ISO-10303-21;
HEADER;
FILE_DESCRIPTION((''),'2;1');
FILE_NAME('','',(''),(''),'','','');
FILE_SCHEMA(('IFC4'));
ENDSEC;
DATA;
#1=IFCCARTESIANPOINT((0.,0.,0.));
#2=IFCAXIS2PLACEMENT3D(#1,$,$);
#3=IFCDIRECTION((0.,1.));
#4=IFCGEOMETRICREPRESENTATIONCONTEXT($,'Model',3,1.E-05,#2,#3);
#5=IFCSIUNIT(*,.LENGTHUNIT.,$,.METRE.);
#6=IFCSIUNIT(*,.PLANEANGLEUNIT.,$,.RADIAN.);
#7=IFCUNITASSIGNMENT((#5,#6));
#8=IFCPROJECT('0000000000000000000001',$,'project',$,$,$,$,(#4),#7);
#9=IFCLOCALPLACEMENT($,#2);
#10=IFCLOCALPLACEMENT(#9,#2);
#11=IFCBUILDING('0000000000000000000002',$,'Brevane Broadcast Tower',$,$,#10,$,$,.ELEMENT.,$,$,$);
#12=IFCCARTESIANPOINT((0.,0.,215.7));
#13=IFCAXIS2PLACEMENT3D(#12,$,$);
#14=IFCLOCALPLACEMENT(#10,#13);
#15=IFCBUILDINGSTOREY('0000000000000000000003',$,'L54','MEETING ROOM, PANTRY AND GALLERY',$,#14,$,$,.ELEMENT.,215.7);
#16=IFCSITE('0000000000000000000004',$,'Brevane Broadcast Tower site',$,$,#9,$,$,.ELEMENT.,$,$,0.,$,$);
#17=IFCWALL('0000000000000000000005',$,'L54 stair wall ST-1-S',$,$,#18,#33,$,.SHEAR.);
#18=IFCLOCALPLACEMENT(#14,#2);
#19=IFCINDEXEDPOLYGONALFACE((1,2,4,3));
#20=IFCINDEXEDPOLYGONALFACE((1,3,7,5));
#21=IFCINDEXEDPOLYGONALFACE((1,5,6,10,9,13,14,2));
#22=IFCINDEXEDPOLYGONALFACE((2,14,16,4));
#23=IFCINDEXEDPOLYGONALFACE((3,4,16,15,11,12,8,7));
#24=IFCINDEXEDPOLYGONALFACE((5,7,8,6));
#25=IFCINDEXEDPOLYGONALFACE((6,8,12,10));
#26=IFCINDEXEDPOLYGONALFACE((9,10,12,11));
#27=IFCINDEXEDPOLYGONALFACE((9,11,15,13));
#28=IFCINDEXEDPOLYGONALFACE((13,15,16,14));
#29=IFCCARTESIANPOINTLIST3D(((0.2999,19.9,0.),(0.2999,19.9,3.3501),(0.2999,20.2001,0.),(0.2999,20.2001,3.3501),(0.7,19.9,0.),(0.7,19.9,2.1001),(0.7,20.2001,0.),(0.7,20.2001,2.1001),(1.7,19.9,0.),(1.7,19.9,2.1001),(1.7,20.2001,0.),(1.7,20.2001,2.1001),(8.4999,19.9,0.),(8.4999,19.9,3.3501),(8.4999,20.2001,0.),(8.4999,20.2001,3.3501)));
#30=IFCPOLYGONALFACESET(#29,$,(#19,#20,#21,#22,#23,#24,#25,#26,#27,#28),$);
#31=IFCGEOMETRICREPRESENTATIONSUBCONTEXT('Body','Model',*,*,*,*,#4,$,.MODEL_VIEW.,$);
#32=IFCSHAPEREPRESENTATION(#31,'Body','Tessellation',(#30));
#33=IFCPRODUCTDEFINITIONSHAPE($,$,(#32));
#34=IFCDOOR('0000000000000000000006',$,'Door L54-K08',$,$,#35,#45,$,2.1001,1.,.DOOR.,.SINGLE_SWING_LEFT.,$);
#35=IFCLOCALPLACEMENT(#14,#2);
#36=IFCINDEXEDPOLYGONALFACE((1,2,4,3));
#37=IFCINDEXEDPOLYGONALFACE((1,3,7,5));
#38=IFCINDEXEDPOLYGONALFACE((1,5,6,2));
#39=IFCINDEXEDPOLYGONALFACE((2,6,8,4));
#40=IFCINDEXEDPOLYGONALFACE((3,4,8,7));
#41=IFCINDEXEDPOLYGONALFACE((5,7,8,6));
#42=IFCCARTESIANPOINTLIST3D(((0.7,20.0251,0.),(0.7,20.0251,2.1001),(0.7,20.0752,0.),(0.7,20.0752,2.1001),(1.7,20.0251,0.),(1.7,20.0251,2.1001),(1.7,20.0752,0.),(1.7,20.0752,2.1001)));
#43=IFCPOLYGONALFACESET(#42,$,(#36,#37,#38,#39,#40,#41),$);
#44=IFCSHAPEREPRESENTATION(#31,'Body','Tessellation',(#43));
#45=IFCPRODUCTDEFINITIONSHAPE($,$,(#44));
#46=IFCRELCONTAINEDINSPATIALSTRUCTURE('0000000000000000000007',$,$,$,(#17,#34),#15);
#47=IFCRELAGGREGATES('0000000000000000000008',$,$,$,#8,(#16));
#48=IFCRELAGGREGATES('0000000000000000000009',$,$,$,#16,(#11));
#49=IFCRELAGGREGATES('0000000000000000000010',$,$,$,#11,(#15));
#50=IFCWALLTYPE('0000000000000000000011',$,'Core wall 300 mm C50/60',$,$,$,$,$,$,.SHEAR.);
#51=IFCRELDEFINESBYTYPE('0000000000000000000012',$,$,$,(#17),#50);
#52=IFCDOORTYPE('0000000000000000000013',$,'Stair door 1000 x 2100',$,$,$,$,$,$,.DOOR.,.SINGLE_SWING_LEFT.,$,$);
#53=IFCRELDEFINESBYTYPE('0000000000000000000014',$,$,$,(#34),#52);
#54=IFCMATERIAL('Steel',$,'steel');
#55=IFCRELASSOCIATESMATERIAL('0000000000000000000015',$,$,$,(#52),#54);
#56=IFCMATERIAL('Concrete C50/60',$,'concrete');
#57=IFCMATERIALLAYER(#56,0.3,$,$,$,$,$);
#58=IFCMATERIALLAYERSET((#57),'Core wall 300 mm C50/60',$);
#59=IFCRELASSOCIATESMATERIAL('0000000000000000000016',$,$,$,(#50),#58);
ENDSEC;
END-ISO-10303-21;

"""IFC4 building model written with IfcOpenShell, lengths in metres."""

from ifc_helpers import new_model, si_unit, direction, frame, frame_2d, origin, place, context, subcontext, project, spatial, rectangle, extrude, material, layer, layer_set, type_object, element, fill, save


model = new_model("IFC4")

# Units and contexts
model_context = context("Model", 3, precision=1e-05, world=origin(), true_north=direction((0.0, 1.0)))
body_context = subcontext(model_context, "Body", "Model", "MODEL_VIEW")
ifc_project = project(units=[si_unit("LENGTHUNIT", "METRE"), si_unit("PLANEANGLEUNIT", "RADIAN")], contexts=[model_context])

# Site, building, storey
site_placement = place(None, origin())
site = spatial("IfcSite", under=ifc_project, at=site_placement, Name="Brevane Broadcast Tower site", CompositionType="ELEMENT", RefElevation=0.0)
building_placement = place(site_placement, origin())
building = spatial("IfcBuilding", under=site, at=building_placement, Name="Brevane Broadcast Tower", CompositionType="ELEMENT")
storey_placement = place(building_placement, frame((0.0, 0.0, 215.7)))
storey = spatial("IfcBuildingStorey", under=building, at=storey_placement, Name="L54", Description="MEETING ROOM, PANTRY AND GALLERY", CompositionType="ELEMENT", Elevation=215.7)

# Shared definitions
ifc_material_1 = material(Name="Steel", Category="steel")
door_type_1 = type_object("IfcDoorType", Name="Stair door 1000 x 2100", OperationType="SINGLE_SWING_LEFT", PredefinedType="DOOR", material=ifc_material_1)

# Shared definitions
ifc_material_2 = material(Name="Concrete C50/60", Category="concrete")
ifc_layer_1 = layer(ifc_material_2, 0.3)
ifc_layer_set_1 = layer_set([ifc_layer_1], Name="Core wall 300 mm C50/60")
wall_type_1 = type_object("IfcWallType", Name="Core wall 300 mm C50/60", PredefinedType="SHEAR", material=ifc_layer_set_1)

# Wall, opening, door
wall_1_placement = place(storey_placement, frame((8.5, 20.05, 0.0), z_axis=(0.0, 0.0, 1.0), x_axis=(-1.0, 0.0, 0.0)))
wall_1 = element("IfcWall", 1, at=wall_1_placement, inside=storey, type_object=wall_type_1, Name="L54 stair wall ST-1-S", PredefinedType="SHEAR", context=body_context, shape_type="SweptSolid", body=[
    extrude(rectangle(XDim=8.2, YDim=0.3, at=frame_2d((4.1001, 0.0))), origin(), (0.0, 0.0, 1.0), 3.3501),
])
opening_1_placement = place(wall_1_placement, frame((6.8, 0.0, 0.0)))
opening_1 = element("IfcOpeningElement", 2, at=opening_1_placement, cuts=wall_1, PredefinedType="OPENING", context=body_context, shape_type="SweptSolid", body=[
    extrude(rectangle(XDim=1.0, YDim=2.1001, at=frame_2d((0.5, 1.05))), frame((0.0, 0.1599, 0.0), z_axis=(0.0, -1.0, 0.0), x_axis=(1.0, 0.0, 0.0)), (0.0, 0.0, 1.0), 0.3201),
])
door_1_placement = place(opening_1_placement, origin())
door_1 = element("IfcDoor", 3, at=door_1_placement, inside=storey, type_object=door_type_1, Name="Door L54-K08", OperationType="SINGLE_SWING_LEFT", OverallHeight=2.1001, OverallWidth=1.0, PredefinedType="DOOR", context=body_context, shape_type="SweptSolid", body=[
    extrude(rectangle(XDim=1.0, YDim=2.1001, at=frame_2d((0.5, 1.05))), frame((0.0, 0.0249, 0.0), z_axis=(0.0, -1.0, 0.0), x_axis=(1.0, 0.0, 0.0)), (0.0, 0.0, 1.0), 0.05),
])
fill(opening_1, door_1)

save(model, "model.ifc")
